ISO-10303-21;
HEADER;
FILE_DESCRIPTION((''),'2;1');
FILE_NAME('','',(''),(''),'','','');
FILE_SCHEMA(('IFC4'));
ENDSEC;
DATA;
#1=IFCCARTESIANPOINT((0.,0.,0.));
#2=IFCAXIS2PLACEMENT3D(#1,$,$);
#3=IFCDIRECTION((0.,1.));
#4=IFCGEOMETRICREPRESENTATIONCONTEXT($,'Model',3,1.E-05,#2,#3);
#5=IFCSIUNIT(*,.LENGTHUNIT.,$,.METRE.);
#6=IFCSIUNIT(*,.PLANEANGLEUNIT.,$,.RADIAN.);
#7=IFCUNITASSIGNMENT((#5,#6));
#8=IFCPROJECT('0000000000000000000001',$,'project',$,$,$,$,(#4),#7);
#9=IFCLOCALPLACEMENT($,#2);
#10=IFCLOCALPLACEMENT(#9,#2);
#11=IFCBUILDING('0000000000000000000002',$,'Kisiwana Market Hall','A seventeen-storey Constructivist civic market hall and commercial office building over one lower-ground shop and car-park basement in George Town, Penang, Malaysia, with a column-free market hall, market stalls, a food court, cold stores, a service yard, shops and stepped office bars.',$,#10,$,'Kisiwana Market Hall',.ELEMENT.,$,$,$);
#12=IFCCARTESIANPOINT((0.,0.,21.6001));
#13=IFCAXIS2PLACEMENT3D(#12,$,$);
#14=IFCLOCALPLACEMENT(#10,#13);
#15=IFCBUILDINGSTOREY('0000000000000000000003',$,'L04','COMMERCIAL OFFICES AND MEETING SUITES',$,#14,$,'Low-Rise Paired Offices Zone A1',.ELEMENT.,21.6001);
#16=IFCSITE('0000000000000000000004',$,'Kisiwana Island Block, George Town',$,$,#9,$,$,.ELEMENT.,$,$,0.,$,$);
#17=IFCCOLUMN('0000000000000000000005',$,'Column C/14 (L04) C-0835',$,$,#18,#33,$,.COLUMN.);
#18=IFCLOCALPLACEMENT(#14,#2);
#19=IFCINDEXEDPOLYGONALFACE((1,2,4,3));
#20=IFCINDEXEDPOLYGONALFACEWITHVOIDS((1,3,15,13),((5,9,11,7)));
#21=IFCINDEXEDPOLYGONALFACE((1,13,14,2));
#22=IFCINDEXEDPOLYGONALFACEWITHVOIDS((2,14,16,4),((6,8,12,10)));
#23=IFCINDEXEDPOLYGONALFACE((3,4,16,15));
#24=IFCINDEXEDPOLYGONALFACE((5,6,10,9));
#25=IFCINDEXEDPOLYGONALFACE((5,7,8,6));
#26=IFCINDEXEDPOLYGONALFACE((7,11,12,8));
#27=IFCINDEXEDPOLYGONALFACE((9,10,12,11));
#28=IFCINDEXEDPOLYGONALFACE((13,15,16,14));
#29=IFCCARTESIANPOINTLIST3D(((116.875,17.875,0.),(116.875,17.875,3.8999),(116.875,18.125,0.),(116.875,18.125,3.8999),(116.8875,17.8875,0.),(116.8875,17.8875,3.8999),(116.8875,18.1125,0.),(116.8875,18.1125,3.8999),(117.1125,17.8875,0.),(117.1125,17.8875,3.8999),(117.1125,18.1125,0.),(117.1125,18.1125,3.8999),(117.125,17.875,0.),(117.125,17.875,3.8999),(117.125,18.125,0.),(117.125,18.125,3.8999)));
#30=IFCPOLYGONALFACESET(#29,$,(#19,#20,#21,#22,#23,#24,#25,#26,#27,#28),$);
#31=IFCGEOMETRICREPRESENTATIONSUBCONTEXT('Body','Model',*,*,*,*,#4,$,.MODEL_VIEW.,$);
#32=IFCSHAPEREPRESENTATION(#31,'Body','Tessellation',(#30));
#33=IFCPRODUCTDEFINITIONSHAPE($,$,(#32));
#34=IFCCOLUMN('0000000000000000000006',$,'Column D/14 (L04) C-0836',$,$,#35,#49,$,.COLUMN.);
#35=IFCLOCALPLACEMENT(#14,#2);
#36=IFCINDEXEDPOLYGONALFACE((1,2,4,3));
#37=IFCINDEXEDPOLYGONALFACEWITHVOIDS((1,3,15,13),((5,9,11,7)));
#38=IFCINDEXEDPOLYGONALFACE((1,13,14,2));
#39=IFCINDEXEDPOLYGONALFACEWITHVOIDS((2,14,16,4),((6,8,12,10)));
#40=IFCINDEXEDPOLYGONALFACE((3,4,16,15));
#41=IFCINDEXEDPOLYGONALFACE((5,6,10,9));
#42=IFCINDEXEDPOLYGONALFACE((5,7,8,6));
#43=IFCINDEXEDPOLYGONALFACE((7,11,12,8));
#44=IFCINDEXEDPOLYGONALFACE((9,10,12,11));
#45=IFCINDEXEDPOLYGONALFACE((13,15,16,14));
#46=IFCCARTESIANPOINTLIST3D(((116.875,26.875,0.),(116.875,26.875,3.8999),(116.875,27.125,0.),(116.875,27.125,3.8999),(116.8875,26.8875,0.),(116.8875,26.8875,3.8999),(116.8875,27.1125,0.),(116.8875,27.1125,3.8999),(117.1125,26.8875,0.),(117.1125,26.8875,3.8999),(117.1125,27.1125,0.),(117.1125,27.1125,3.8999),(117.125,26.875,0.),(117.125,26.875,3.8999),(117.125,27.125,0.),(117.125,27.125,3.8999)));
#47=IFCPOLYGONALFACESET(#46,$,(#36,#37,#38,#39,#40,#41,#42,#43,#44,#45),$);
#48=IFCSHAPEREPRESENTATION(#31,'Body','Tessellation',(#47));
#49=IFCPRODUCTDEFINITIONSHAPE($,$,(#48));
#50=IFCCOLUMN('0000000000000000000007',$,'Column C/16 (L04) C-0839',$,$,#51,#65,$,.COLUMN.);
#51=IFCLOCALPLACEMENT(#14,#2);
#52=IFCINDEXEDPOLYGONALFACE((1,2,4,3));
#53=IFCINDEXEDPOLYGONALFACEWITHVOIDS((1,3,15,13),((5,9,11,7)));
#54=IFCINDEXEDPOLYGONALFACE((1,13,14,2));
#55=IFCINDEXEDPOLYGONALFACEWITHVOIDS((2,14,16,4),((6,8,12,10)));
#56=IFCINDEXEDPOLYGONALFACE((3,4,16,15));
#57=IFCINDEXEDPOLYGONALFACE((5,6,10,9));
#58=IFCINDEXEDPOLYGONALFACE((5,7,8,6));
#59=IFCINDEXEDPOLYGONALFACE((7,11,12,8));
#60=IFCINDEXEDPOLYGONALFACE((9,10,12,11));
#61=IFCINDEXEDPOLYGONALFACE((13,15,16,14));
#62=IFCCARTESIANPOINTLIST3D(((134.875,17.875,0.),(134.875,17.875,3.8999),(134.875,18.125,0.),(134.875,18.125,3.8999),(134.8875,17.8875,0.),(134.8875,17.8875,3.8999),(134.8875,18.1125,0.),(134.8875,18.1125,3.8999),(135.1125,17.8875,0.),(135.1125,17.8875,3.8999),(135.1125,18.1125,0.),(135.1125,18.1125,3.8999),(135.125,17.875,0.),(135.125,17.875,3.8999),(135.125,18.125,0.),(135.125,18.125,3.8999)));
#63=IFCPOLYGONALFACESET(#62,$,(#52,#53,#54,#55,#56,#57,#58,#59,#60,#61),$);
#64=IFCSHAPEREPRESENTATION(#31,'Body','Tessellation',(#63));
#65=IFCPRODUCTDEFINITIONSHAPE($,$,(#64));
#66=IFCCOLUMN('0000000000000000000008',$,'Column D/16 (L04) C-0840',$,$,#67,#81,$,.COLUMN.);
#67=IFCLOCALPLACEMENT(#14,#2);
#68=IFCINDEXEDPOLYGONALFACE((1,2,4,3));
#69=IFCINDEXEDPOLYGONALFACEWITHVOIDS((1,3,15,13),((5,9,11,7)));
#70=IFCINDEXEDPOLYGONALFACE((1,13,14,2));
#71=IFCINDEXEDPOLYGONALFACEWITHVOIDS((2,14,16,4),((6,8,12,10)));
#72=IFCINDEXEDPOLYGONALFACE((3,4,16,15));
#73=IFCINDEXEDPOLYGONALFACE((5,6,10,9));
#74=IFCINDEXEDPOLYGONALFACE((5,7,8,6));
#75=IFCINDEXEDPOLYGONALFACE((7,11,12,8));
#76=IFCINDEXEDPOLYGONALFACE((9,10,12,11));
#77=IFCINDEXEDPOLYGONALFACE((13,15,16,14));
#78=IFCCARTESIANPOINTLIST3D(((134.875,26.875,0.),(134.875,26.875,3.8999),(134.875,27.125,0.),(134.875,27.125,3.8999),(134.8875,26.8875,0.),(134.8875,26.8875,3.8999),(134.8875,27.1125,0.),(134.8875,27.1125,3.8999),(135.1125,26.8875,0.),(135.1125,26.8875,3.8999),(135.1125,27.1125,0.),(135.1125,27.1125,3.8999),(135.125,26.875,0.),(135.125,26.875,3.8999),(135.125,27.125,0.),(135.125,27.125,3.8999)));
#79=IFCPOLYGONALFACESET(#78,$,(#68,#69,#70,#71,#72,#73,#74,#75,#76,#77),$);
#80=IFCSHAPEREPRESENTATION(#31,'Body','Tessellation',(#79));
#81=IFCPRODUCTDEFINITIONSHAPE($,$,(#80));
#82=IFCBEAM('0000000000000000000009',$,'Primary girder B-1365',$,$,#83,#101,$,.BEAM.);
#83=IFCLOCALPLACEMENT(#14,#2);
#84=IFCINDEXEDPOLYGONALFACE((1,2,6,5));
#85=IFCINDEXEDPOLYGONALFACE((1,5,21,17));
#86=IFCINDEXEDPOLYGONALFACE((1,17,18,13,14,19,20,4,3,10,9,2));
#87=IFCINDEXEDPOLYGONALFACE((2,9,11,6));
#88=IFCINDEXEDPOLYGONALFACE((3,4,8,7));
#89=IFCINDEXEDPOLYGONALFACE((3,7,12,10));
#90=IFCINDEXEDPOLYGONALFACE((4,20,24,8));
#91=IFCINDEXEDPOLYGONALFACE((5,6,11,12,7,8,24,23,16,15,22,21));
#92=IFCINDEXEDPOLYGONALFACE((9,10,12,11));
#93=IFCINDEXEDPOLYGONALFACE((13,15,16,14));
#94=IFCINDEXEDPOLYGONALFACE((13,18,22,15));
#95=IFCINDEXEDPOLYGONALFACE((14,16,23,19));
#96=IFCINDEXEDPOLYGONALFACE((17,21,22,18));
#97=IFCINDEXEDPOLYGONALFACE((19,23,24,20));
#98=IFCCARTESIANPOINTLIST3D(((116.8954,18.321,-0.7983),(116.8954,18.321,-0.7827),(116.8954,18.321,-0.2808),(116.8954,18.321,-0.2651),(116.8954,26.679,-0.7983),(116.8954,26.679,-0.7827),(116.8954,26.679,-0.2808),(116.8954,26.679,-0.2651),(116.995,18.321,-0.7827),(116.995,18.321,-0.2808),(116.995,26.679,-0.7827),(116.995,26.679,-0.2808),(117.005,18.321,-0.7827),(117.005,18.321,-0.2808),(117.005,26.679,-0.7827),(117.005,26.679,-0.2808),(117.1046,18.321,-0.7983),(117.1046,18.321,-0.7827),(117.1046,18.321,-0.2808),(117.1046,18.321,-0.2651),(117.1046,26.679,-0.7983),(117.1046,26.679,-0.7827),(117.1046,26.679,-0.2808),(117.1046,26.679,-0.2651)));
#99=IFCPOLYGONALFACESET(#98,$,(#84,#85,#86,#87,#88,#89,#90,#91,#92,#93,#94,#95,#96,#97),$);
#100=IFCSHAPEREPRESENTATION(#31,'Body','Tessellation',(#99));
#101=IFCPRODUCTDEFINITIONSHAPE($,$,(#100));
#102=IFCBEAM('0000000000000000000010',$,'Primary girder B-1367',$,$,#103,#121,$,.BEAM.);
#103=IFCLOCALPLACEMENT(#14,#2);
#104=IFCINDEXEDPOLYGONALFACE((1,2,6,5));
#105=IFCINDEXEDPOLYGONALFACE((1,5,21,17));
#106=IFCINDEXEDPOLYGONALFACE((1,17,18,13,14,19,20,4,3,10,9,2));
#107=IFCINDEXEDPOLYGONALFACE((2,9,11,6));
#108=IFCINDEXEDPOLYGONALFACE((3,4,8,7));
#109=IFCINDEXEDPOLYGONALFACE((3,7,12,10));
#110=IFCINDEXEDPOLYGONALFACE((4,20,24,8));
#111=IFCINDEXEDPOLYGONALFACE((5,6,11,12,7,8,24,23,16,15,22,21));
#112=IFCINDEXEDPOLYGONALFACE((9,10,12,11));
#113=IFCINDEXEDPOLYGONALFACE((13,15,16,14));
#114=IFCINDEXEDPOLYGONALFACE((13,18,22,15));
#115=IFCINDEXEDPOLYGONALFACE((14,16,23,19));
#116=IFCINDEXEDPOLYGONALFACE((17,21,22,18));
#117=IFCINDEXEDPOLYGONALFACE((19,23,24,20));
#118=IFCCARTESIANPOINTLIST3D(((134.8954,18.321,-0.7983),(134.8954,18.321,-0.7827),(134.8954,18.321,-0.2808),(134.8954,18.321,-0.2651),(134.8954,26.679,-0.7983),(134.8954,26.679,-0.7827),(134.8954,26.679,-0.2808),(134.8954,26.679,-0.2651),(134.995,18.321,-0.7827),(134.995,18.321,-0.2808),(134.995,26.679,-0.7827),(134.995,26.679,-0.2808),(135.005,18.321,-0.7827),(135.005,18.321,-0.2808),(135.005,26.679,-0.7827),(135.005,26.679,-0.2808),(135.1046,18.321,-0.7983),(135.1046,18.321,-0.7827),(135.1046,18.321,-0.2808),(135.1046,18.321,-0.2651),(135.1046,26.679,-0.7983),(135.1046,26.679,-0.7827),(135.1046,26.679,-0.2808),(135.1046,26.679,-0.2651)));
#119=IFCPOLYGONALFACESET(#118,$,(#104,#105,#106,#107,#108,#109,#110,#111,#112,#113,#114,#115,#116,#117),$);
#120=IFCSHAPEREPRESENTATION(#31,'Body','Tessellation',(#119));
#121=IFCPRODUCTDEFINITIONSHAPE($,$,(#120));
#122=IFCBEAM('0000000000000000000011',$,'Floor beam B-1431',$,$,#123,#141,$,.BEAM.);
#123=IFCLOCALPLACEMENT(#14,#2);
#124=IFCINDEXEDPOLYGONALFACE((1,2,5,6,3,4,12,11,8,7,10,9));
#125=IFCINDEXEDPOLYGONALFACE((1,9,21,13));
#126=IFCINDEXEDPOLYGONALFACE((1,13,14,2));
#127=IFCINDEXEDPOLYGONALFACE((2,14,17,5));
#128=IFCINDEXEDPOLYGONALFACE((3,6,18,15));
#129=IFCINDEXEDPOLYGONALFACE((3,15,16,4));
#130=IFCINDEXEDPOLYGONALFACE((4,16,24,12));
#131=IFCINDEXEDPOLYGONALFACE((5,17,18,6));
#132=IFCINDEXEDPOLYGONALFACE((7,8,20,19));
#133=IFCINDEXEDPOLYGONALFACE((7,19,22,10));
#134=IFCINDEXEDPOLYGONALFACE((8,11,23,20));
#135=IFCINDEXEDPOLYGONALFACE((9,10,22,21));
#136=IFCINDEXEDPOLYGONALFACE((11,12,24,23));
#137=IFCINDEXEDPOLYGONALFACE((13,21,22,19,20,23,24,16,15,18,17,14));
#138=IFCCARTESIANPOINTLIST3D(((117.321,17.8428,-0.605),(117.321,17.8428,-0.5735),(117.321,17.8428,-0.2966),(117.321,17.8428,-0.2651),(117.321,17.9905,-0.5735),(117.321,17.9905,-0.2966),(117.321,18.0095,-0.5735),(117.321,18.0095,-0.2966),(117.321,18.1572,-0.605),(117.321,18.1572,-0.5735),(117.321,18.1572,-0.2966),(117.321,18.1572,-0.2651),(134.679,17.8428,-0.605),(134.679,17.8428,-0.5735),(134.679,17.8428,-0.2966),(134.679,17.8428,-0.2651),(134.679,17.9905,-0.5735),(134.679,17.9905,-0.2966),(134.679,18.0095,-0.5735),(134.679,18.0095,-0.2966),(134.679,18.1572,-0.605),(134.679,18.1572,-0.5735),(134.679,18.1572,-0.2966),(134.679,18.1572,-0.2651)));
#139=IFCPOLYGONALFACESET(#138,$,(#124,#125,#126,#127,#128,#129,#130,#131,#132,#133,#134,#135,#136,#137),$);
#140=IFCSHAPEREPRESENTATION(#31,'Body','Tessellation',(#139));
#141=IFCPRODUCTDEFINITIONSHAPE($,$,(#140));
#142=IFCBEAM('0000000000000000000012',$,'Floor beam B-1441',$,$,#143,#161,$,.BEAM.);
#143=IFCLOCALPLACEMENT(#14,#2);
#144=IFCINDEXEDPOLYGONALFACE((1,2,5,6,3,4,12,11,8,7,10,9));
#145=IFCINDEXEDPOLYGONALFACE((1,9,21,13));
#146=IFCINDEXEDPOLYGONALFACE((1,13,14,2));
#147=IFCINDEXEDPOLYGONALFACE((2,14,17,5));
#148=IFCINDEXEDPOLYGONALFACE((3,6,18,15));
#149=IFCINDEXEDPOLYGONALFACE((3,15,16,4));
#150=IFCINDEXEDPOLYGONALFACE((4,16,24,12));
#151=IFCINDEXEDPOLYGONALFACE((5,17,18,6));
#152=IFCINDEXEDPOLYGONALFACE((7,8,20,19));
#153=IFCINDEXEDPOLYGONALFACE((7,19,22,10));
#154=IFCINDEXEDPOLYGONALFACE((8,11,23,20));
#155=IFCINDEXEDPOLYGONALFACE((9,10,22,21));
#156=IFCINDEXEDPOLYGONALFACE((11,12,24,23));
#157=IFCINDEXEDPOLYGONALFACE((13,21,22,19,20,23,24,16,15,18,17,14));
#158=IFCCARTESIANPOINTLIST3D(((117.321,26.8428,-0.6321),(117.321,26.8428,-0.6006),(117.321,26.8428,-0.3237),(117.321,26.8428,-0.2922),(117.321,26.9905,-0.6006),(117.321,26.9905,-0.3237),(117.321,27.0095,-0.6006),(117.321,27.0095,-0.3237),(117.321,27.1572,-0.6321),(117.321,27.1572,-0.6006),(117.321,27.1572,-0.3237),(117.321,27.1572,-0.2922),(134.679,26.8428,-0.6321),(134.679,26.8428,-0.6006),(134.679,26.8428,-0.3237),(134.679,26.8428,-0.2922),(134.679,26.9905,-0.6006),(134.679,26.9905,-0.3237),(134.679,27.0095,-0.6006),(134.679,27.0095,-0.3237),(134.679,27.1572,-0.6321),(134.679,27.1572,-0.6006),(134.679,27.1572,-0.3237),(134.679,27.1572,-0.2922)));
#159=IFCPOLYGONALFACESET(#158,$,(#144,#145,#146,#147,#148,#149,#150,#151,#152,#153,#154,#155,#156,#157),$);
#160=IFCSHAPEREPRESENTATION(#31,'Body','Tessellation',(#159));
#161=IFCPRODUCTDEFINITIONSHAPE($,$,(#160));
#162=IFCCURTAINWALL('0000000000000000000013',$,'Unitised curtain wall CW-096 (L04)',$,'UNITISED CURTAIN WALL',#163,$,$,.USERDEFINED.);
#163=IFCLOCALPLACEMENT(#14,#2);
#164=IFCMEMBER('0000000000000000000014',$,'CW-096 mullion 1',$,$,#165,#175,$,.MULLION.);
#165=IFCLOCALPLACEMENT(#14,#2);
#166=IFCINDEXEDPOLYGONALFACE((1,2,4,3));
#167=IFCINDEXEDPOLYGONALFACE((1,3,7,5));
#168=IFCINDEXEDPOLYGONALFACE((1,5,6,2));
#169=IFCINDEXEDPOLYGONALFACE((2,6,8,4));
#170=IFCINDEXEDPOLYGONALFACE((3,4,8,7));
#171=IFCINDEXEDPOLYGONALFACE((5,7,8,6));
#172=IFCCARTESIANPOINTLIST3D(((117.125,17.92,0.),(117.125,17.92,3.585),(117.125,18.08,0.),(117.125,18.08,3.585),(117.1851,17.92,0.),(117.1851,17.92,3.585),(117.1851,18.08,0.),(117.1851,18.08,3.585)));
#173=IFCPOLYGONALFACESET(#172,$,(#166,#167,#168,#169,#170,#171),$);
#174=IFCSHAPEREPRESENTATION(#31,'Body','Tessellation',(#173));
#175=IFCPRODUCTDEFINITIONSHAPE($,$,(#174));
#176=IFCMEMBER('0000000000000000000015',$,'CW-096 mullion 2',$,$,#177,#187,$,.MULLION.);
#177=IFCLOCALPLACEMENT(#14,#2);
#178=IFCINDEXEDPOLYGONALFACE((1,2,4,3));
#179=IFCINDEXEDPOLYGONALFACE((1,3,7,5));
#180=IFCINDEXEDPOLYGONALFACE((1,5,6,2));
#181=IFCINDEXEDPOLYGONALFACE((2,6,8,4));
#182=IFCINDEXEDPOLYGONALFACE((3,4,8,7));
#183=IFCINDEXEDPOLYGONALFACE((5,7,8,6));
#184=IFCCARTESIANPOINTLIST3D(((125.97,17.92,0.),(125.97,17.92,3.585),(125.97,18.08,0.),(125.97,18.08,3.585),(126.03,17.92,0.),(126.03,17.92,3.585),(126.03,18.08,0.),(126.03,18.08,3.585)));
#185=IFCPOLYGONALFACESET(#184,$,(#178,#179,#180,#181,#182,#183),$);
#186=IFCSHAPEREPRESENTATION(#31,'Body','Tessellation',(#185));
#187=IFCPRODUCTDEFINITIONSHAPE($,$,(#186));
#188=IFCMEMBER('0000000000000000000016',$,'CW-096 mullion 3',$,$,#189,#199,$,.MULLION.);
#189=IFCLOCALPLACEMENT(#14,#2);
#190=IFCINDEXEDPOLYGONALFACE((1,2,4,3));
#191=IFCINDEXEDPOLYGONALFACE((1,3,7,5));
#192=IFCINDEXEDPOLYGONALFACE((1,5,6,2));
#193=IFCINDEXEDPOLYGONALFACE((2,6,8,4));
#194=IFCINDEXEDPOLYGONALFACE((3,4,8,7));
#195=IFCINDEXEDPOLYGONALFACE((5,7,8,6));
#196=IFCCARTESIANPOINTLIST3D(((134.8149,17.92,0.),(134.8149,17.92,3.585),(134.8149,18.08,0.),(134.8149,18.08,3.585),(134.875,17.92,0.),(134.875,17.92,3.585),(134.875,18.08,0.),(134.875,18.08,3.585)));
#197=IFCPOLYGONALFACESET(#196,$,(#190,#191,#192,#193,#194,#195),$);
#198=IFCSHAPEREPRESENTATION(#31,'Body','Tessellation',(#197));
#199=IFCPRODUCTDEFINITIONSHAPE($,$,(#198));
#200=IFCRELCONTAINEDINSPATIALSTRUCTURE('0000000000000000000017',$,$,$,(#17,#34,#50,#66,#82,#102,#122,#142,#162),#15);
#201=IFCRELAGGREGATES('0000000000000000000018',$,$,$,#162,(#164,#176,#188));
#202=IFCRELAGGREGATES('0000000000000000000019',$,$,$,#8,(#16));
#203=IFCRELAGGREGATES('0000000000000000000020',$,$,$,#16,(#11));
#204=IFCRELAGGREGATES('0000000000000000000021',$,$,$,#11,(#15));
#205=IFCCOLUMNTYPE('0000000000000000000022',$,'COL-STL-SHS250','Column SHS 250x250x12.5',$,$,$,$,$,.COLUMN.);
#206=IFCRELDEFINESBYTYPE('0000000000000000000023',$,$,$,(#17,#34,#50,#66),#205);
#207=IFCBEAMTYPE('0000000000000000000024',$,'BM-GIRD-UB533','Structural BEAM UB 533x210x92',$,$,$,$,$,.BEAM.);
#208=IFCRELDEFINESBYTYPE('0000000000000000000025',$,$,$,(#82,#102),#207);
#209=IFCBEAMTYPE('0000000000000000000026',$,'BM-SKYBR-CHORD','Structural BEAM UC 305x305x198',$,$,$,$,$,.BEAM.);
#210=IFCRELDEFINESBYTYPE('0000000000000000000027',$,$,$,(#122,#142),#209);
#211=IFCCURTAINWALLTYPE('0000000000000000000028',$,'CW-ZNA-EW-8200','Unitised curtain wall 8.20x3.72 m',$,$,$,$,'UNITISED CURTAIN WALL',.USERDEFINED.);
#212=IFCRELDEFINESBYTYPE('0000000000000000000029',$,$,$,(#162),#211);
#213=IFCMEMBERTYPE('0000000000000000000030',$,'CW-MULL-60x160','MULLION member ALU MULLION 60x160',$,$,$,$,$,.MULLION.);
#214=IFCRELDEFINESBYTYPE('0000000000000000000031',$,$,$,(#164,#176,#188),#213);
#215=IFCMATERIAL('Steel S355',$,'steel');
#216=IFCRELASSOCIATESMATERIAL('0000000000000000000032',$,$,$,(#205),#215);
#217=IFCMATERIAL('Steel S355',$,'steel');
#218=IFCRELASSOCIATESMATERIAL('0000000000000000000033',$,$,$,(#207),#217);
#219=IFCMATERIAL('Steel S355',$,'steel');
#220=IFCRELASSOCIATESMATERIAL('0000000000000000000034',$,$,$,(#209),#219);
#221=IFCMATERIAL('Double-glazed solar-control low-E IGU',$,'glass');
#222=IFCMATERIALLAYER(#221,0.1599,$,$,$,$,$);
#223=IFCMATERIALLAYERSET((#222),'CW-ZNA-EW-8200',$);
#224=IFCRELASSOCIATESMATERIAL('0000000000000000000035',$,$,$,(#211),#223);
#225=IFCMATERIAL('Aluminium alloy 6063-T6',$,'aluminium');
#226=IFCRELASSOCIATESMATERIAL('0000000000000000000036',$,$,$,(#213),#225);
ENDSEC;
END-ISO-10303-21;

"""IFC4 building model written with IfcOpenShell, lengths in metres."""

from ifc_helpers import new_model, si_unit, direction, frame, origin, origin_2d, place, context, subcontext, project, spatial, rectangle, hollow_rectangle, i_section, extrude, material, layer, layer_set, material_profile, profile_set, type_object, element, aggregate, save


model = new_model("IFC4")

# Units and contexts
model_context = context("Model", 3, precision=1e-05, world=origin(), true_north=direction((0.0, 1.0)))
body_context = subcontext(model_context, "Body", "Model", "MODEL_VIEW")
ifc_project = project(units=[si_unit("LENGTHUNIT", "METRE"), si_unit("PLANEANGLEUNIT", "RADIAN")], contexts=[model_context])

# Site, building, storey
site_placement = place(None, origin())
site = spatial("IfcSite", under=ifc_project, at=site_placement, Name="Kisiwana Island Block, George Town", CompositionType="ELEMENT", RefElevation=0.0)
building_placement = place(site_placement, origin())
building = spatial("IfcBuilding", under=site, at=building_placement, Name="Kisiwana Market Hall", Description="A seventeen-storey Constructivist civic market hall and commercial office building over one lower-ground shop and car-park basement in George Town, Penang, Malaysia, with a column-free market hall, market stalls, a food court, cold stores, a service yard, shops and stepped office bars.", LongName="Kisiwana Market Hall", CompositionType="ELEMENT")
storey_placement = place(building_placement, frame((0.0, 0.0, 21.6001)))
storey = spatial("IfcBuildingStorey", under=building, at=storey_placement, Name="L04", Description="COMMERCIAL OFFICES AND MEETING SUITES", LongName="Low-Rise Paired Offices Zone A1", CompositionType="ELEMENT", Elevation=21.6001)

# Columns
ifc_material_1 = material(Name="Steel S355", Category="steel")
ifc_material_profile_1 = material_profile(ifc_material_1, hollow_rectangle(XDim=0.25, YDim=0.25, WallThickness=0.0125, at=origin_2d()), Name="SHS 250x250x12.5")
ifc_profile_set_1 = profile_set([ifc_material_profile_1], Name="Steel S355")
column_type = type_object("IfcColumnType", Name="COL-STL-SHS250", Description="Column SHS 250x250x12.5", PredefinedType="COLUMN", material=ifc_profile_set_1)
for number, where, z_axis, x_axis, name in (
    (1, (117.0, 18.0, 0.0), (0.0, 0.0, 1.0), (1.0, 0.0, 0.0), "Column C/14 (L04) C-0835"),
    (2, (117.0, 27.0, 0.0), (0.0, 0.0, 1.0), (1.0, 0.0, 0.0), "Column D/14 (L04) C-0836"),
    (3, (135.0, 18.0, 0.0), (0.0, 0.0, 1.0), (1.0, 0.0, 0.0), "Column C/16 (L04) C-0839"),
    (4, (135.0, 27.0, 0.0), (0.0, 0.0, 1.0), (1.0, 0.0, 0.0), "Column D/16 (L04) C-0840"),
):
    element("IfcColumn", number, at=place(storey_placement, frame(where, z_axis=z_axis, x_axis=x_axis)), inside=storey, type_object=column_type, Name=name, PredefinedType="COLUMN", context=body_context, shape_type="SweptSolid", body=[
        extrude(hollow_rectangle(XDim=0.25, YDim=0.25, WallThickness=0.0125, at=origin_2d()), origin(), (0.0, 0.0, 1.0), 3.8999),
    ])

# Beams
ifc_material_2 = material(Name="Steel S355", Category="steel")
ifc_material_profile_2 = material_profile(ifc_material_2, i_section(OverallWidth=0.2092, OverallDepth=0.5332, WebThickness=0.01, FlangeThickness=0.0156, at=origin_2d()), Name="UB 533x210x92")
ifc_profile_set_2 = profile_set([ifc_material_profile_2], Name="Steel S355")
beam_type_1 = type_object("IfcBeamType", Name="BM-GIRD-UB533", Description="Structural BEAM UB 533x210x92", PredefinedType="BEAM", material=ifc_profile_set_2)
for number, where, z_axis, x_axis, name in (
    (5, (117.0, 18.321, -0.5317), (0.0, 1.0, 0.0), (-1.0, 0.0, 0.0), "Primary girder B-1365"),
    (6, (135.0, 18.321, -0.5317), (0.0, 1.0, 0.0), (-1.0, 0.0, 0.0), "Primary girder B-1367"),
):
    element("IfcBeam", number, at=place(storey_placement, frame(where, z_axis=z_axis, x_axis=x_axis)), inside=storey, type_object=beam_type_1, Name=name, PredefinedType="BEAM", context=body_context, shape_type="SweptSolid", body=[
        extrude(i_section(OverallWidth=0.2092, OverallDepth=0.5332, WebThickness=0.01, FlangeThickness=0.0156, at=origin_2d()), origin(), (0.0, 0.0, 1.0), 8.3579),
    ])
ifc_material_3 = material(Name="Steel S355", Category="steel")
ifc_material_profile_3 = material_profile(ifc_material_3, i_section(OverallWidth=0.3145, OverallDepth=0.3398, WebThickness=0.019, FlangeThickness=0.0315, at=origin_2d()), Name="UC 305x305x198")
ifc_profile_set_3 = profile_set([ifc_material_profile_3], Name="Steel S355")
beam_type_2 = type_object("IfcBeamType", Name="BM-SKYBR-CHORD", Description="Structural BEAM UC 305x305x198", PredefinedType="BEAM", material=ifc_profile_set_3)
for number, where, z_axis, x_axis, name in (
    (7, (117.321, 18.0, -0.4351), (1.0, 0.0, 0.0), (0.0, 1.0, 0.0), "Floor beam B-1431"),
    (8, (117.321, 27.0, -0.4622), (1.0, 0.0, 0.0), (0.0, 1.0, 0.0), "Floor beam B-1441"),
):
    element("IfcBeam", number, at=place(storey_placement, frame(where, z_axis=z_axis, x_axis=x_axis)), inside=storey, type_object=beam_type_2, Name=name, PredefinedType="BEAM", context=body_context, shape_type="SweptSolid", body=[
        extrude(i_section(OverallWidth=0.3145, OverallDepth=0.3398, WebThickness=0.019, FlangeThickness=0.0315, at=origin_2d()), origin(), (0.0, 0.0, 1.0), 17.3579),
    ])

# Curtain wall, members
ifc_material_4 = material(Name="Double-glazed solar-control low-E IGU", Category="glass")
ifc_layer_1 = layer(ifc_material_4, 0.1599)
ifc_layer_set_1 = layer_set([ifc_layer_1], Name="CW-ZNA-EW-8200")
curtain_wall_type = type_object("IfcCurtainWallType", Name="CW-ZNA-EW-8200", Description="Unitised curtain wall 8.20x3.72 m", ElementType="UNITISED CURTAIN WALL", PredefinedType="USERDEFINED", material=ifc_layer_set_1)
curtain_wall_1_placement = place(storey_placement, origin())
curtain_wall_1 = element("IfcCurtainWall", 9, at=curtain_wall_1_placement, inside=storey, type_object=curtain_wall_type, Name="Unitised curtain wall CW-096 (L04)", ObjectType="UNITISED CURTAIN WALL", PredefinedType="USERDEFINED")
ifc_material_5 = material(Name="Aluminium alloy 6063-T6", Category="aluminium")
ifc_material_profile_4 = material_profile(ifc_material_5, rectangle(XDim=0.0601, YDim=0.1599, at=origin_2d()), Name="ALU MULLION 60x160")
ifc_profile_set_4 = profile_set([ifc_material_profile_4], Name="Aluminium alloy 6063-T6")
member_type_1 = type_object("IfcMemberType", Name="CW-MULL-60x160", Description="MULLION member ALU MULLION 60x160", PredefinedType="MULLION", material=ifc_profile_set_4)
member_1_placement = place(storey_placement, frame((117.155, 18.0, 0.0), z_axis=(0.0, 0.0, 1.0), x_axis=(1.0, 0.0, 0.0)))
member_1 = element("IfcMember", 10, at=member_1_placement, type_object=member_type_1, Name="CW-096 mullion 1", PredefinedType="MULLION", context=body_context, shape_type="SweptSolid", body=[
    extrude(rectangle(XDim=0.0601, YDim=0.1599, at=origin_2d()), origin(), (0.0, 0.0, 1.0), 3.585),
])
member_2_placement = place(storey_placement, frame((126.0, 18.0, 0.0), z_axis=(0.0, 0.0, 1.0), x_axis=(1.0, 0.0, 0.0)))
member_2 = element("IfcMember", 11, at=member_2_placement, type_object=member_type_1, Name="CW-096 mullion 2", PredefinedType="MULLION", context=body_context, shape_type="SweptSolid", body=[
    extrude(rectangle(XDim=0.0601, YDim=0.1599, at=origin_2d()), origin(), (0.0, 0.0, 1.0), 3.585),
])
member_3_placement = place(storey_placement, frame((134.845, 18.0, 0.0), z_axis=(0.0, 0.0, 1.0), x_axis=(1.0, 0.0, 0.0)))
member_3 = element("IfcMember", 12, at=member_3_placement, type_object=member_type_1, Name="CW-096 mullion 3", PredefinedType="MULLION", context=body_context, shape_type="SweptSolid", body=[
    extrude(rectangle(XDim=0.0601, YDim=0.1599, at=origin_2d()), origin(), (0.0, 0.0, 1.0), 3.585),
])

aggregate(curtain_wall_1, [member_1, member_2, member_3])

save(model, "model.ifc")
